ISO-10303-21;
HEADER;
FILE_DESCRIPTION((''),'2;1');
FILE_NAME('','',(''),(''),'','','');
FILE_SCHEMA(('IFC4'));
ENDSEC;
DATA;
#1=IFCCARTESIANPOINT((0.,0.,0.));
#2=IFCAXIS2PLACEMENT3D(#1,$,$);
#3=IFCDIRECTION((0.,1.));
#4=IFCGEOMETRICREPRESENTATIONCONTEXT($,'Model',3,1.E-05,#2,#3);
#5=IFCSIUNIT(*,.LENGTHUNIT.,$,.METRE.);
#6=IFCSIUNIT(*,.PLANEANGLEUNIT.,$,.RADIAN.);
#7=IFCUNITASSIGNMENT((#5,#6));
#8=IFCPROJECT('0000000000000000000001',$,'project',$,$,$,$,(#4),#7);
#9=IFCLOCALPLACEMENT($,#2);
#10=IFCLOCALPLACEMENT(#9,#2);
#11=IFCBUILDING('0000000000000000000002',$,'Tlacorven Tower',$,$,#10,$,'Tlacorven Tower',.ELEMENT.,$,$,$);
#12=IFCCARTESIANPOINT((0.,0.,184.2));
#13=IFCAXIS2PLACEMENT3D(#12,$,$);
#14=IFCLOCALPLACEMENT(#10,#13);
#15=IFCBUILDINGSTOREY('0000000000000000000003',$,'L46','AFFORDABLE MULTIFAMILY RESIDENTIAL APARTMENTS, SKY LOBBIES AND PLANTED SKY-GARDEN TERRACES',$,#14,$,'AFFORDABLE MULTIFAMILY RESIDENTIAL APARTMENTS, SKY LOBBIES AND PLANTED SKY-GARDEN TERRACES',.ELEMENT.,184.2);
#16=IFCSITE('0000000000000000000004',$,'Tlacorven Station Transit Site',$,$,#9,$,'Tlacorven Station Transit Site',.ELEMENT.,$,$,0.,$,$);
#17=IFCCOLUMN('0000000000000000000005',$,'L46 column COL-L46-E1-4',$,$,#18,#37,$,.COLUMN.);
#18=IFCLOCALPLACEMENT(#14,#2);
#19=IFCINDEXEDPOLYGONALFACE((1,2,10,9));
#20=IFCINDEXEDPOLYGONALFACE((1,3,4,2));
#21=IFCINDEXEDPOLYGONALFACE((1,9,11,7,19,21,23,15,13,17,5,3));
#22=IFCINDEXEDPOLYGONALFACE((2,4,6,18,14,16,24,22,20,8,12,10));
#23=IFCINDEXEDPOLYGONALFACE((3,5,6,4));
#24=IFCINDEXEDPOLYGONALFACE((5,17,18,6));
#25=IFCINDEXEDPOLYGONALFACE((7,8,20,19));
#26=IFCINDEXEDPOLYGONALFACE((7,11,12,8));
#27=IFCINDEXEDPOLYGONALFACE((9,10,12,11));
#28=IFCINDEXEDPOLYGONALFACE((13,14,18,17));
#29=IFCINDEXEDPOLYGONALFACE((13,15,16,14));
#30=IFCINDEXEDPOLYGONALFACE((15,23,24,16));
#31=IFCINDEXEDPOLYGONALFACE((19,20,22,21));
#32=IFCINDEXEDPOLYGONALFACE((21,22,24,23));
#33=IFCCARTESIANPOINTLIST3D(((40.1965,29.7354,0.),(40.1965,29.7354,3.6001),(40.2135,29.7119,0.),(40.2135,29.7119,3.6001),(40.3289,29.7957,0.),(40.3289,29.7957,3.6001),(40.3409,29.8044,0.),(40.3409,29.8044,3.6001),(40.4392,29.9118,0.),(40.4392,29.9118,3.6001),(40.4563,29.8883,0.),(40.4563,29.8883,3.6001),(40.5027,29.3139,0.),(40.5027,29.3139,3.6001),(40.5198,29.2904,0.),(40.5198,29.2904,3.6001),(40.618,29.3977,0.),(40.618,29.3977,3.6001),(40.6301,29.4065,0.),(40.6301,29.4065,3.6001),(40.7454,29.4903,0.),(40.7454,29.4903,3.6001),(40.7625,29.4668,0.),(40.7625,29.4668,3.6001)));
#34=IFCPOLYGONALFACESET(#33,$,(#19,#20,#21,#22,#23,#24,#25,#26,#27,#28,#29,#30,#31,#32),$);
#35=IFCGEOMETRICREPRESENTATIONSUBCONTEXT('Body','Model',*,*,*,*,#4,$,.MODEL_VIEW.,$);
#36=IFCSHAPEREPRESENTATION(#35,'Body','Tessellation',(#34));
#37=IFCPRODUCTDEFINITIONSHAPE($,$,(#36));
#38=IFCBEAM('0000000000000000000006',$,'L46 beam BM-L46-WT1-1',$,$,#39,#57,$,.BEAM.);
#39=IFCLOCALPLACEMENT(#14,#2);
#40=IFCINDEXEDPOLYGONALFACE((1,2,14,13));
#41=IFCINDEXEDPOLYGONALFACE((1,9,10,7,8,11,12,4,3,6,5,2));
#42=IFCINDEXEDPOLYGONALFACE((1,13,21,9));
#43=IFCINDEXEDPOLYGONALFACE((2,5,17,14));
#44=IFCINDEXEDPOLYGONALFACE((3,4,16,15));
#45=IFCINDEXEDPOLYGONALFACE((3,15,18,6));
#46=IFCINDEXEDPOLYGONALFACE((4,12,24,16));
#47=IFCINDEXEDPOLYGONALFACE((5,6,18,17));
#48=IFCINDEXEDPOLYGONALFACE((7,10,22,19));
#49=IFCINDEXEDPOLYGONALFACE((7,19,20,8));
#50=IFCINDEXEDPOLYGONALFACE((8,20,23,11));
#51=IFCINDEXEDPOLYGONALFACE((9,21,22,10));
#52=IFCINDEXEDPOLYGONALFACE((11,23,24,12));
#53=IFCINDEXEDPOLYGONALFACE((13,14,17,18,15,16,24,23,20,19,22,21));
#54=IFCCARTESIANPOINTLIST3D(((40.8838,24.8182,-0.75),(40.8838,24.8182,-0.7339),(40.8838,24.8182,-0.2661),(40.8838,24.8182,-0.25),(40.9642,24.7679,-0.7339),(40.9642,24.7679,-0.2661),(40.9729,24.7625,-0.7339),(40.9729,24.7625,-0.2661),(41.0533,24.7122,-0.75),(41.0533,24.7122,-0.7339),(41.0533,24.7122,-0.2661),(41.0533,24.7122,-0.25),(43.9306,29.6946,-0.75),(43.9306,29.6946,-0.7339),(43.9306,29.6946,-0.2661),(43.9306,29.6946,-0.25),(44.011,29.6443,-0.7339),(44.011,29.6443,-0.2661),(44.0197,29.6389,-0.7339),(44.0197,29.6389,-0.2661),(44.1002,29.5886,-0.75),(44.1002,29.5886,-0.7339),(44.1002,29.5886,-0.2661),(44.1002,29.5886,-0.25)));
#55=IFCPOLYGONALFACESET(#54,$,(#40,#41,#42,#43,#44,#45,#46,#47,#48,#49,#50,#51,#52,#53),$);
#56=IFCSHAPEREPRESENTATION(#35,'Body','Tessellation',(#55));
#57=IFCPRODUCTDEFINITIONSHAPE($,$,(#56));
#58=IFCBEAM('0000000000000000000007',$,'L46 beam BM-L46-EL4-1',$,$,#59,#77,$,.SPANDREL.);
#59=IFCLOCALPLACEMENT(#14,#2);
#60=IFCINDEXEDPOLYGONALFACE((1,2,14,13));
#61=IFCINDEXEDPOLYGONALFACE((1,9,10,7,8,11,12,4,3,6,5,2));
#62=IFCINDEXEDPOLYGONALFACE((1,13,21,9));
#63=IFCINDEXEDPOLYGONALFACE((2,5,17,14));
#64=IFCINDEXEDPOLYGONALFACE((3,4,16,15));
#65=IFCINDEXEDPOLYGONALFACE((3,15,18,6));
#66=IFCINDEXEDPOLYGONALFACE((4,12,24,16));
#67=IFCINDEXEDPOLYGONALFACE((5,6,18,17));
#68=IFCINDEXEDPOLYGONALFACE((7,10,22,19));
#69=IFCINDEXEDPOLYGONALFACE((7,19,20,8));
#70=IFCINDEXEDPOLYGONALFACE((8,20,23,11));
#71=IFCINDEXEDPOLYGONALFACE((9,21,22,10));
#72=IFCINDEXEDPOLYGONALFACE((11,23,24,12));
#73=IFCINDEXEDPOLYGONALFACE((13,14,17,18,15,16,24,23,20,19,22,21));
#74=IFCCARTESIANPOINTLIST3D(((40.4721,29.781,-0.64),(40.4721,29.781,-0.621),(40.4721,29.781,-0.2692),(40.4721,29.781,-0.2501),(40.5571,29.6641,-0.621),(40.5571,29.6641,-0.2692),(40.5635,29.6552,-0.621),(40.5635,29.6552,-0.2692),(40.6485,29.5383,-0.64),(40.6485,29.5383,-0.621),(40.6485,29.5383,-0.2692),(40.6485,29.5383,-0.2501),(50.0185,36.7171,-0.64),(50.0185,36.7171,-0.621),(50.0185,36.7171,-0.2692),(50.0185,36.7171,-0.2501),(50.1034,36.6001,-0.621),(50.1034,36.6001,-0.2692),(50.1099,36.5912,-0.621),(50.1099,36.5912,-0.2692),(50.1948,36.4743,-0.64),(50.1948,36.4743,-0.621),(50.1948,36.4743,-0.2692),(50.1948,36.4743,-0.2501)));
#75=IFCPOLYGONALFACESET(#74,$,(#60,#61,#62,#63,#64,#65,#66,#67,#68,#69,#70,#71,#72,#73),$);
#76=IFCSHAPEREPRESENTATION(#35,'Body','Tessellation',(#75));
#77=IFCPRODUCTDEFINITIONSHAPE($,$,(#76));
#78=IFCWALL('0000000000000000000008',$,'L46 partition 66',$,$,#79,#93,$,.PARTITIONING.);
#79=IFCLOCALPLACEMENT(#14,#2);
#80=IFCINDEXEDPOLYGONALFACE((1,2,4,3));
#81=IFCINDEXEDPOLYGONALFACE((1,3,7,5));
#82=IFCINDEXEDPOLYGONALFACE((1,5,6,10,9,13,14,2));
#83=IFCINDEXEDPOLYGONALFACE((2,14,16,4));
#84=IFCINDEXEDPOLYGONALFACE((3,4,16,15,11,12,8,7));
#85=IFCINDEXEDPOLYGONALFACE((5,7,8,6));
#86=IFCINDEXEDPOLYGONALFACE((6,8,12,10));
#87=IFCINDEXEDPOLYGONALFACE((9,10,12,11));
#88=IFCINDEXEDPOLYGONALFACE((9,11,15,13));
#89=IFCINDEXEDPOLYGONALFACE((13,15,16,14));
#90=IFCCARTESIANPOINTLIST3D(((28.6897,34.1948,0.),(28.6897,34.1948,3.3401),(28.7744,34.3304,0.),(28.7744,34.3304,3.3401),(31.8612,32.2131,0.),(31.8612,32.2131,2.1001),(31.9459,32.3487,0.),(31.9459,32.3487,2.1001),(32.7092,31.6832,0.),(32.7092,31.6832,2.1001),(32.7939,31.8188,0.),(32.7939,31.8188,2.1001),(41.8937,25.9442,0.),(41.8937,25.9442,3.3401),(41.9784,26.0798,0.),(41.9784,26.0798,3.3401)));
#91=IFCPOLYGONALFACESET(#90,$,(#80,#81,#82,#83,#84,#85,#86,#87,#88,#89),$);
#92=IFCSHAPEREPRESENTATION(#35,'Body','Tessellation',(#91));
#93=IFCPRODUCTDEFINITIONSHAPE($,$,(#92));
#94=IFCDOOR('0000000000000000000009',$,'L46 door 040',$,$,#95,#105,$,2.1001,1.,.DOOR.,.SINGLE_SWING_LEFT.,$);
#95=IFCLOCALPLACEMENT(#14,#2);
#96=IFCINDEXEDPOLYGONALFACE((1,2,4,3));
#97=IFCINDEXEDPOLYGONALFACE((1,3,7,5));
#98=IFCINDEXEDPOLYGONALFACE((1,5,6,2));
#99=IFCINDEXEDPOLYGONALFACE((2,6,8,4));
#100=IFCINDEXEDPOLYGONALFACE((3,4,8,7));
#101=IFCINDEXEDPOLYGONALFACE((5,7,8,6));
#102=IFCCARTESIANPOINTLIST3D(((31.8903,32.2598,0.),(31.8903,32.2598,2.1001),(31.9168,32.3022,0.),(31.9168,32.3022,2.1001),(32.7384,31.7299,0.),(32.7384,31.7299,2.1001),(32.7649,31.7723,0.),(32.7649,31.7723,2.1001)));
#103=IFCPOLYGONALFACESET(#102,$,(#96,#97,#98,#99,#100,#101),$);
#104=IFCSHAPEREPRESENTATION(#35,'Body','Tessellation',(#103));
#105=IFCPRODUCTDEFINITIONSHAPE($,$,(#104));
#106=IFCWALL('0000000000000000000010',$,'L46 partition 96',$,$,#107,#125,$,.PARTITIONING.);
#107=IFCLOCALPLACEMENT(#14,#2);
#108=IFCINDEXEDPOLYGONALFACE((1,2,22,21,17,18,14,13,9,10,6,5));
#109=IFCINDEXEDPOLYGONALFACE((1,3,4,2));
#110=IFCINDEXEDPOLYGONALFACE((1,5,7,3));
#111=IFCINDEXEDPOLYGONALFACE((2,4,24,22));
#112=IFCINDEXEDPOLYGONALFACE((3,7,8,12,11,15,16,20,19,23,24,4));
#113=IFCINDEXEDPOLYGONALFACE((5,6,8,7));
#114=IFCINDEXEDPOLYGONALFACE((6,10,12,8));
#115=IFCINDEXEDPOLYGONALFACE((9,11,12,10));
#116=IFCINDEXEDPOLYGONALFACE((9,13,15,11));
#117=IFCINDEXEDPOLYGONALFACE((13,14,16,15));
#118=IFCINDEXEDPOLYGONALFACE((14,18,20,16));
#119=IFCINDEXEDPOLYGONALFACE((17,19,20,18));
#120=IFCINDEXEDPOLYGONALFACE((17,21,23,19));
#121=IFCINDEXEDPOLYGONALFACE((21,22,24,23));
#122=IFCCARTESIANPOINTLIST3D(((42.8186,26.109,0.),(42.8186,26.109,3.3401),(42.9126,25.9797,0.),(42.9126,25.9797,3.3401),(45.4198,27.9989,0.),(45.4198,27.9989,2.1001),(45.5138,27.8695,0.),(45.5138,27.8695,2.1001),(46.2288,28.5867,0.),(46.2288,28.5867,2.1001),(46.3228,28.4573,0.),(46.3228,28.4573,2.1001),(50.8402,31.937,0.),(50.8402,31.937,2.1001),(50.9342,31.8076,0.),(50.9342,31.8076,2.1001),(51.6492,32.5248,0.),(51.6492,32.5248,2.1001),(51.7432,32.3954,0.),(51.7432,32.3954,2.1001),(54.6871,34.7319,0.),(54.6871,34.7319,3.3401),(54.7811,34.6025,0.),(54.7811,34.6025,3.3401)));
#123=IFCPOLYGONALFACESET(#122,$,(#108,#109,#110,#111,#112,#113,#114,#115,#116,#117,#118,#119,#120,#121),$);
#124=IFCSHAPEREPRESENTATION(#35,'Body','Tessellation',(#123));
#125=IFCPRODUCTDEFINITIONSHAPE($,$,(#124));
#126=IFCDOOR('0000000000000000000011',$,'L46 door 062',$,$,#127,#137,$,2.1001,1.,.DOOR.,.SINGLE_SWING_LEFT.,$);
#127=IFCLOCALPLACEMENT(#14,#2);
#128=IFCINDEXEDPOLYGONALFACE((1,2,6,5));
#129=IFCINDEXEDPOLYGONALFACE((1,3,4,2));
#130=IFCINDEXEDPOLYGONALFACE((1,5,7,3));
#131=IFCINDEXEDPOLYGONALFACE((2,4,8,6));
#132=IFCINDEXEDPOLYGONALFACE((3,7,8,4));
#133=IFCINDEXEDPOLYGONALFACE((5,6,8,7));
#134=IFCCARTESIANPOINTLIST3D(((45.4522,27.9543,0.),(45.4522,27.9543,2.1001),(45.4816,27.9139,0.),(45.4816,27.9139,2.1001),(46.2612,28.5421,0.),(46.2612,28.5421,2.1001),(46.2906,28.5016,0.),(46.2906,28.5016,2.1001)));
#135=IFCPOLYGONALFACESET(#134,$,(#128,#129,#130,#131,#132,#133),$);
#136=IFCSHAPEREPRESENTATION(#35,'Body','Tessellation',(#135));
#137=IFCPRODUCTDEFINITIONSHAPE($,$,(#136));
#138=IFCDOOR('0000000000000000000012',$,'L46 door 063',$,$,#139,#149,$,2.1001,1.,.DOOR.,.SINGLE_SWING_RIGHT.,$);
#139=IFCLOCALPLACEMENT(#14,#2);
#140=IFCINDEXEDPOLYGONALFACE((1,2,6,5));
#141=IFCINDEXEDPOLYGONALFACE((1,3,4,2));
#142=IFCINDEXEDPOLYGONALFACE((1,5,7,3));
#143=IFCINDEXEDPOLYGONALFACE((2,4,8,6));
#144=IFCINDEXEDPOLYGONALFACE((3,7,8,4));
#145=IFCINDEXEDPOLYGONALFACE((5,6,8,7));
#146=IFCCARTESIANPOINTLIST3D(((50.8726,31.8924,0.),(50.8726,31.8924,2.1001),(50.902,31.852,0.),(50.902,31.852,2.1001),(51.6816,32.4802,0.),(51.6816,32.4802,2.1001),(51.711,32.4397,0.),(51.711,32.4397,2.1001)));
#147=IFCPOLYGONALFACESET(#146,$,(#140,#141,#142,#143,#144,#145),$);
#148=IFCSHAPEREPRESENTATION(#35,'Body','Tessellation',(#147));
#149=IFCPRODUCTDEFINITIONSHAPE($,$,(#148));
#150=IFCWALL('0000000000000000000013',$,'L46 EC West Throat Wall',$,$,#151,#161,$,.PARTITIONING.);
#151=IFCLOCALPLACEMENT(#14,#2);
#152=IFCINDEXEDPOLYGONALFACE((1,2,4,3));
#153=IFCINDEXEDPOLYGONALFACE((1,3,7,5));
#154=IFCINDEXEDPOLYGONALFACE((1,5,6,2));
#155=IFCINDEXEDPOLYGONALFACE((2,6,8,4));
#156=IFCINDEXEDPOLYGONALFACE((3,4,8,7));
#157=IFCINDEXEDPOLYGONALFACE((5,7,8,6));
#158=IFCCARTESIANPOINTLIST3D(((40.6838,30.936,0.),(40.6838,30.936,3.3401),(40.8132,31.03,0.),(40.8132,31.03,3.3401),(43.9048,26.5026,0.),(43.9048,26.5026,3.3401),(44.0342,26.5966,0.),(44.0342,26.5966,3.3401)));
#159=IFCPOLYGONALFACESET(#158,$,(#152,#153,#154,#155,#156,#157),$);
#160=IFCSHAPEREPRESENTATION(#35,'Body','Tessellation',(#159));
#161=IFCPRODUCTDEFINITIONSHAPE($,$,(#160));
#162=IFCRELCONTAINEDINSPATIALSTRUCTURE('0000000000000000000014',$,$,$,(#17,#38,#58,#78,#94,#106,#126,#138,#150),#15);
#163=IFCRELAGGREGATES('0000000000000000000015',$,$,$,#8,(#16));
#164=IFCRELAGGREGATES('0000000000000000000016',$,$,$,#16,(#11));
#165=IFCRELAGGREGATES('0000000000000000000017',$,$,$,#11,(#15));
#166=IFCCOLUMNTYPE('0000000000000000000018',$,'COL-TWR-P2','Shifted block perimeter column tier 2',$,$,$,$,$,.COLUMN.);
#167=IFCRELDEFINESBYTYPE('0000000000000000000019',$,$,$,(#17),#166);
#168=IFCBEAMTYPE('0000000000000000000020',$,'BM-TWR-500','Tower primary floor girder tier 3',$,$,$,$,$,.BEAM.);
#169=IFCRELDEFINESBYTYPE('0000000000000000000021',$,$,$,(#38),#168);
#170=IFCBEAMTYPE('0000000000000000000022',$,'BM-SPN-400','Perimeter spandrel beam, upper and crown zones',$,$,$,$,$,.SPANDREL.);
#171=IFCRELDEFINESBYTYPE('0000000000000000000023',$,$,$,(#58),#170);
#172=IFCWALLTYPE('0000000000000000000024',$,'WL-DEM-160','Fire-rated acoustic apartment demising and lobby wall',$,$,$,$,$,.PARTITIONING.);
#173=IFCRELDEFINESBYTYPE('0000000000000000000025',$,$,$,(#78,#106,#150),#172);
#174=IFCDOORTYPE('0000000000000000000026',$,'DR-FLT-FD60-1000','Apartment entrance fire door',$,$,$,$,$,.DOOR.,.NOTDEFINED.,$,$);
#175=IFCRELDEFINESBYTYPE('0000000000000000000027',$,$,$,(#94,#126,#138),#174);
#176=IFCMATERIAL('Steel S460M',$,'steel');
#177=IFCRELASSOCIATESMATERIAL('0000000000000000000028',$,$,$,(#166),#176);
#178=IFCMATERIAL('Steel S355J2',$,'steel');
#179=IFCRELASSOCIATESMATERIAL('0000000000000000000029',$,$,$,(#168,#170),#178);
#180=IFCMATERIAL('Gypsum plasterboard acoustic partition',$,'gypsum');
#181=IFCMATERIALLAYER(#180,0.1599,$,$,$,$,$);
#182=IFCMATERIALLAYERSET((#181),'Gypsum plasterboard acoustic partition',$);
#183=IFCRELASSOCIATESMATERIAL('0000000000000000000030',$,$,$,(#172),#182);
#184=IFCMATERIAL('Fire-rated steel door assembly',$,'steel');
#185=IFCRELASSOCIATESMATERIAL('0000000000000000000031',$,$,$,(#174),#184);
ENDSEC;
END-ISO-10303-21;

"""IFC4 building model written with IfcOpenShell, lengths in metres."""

from ifc_helpers import new_model, si_unit, direction, frame, frame_2d, origin, origin_2d, place, context, subcontext, project, spatial, rectangle, i_section, extrude, source, transform, mapped, material, layer, layer_set, material_profile, profile_set, type_object, element, fill, save


model = new_model("IFC4")

# Units and contexts
model_context = context("Model", 3, precision=1e-05, world=origin(), true_north=direction((0.0, 1.0)))
body_context = subcontext(model_context, "Body", "Model", "MODEL_VIEW")
ifc_project = project(units=[si_unit("LENGTHUNIT", "METRE"), si_unit("PLANEANGLEUNIT", "RADIAN")], contexts=[model_context])

# Site, building, storey
site_placement = place(None, origin())
site = spatial("IfcSite", under=ifc_project, at=site_placement, Name="Tlacorven Station Transit Site", LongName="Tlacorven Station Transit Site", CompositionType="ELEMENT", RefElevation=0.0)
building_placement = place(site_placement, origin())
building = spatial("IfcBuilding", under=site, at=building_placement, Name="Tlacorven Tower", LongName="Tlacorven Tower", CompositionType="ELEMENT")
storey_placement = place(building_placement, frame((0.0, 0.0, 184.2)))
storey = spatial("IfcBuildingStorey", under=building, at=storey_placement, Name="L46", Description="AFFORDABLE MULTIFAMILY RESIDENTIAL APARTMENTS, SKY LOBBIES AND PLANTED SKY-GARDEN TERRACES", LongName="AFFORDABLE MULTIFAMILY RESIDENTIAL APARTMENTS, SKY LOBBIES AND PLANTED SKY-GARDEN TERRACES", CompositionType="ELEMENT", Elevation=184.2)

# Column
ifc_material_1 = material(Name="Steel S460M", Category="steel")
ifc_material_profile_1 = material_profile(ifc_material_1, i_section(OverallWidth=0.3, OverallDepth=0.55, WebThickness=0.0149, FlangeThickness=0.0291, at=origin_2d()), Name="HEB 550")
ifc_profile_set_1 = profile_set([ifc_material_profile_1], Name="Steel S460M")
column_type = type_object("IfcColumnType", Name="COL-TWR-P2", Description="Shifted block perimeter column tier 2", PredefinedType="COLUMN", material=ifc_profile_set_1)
shared_shape_1 = source(origin(), body_context, "Body", "SweptSolid", [
    extrude(i_section(OverallWidth=0.3, OverallDepth=0.55, WebThickness=0.0149, FlangeThickness=0.0291, at=origin_2d()), origin(), (0.0, 0.0, 1.0), 3.6001),
])
column_placement = place(storey_placement, frame((40.4795, 29.6011, 0.0), z_axis=(0.0, 0.0, 1.0), x_axis=(0.809017, 0.587785, 0.0)))
element("IfcColumn", 1, at=column_placement, inside=storey, type_object=column_type, Name="L46 column COL-L46-E1-4", PredefinedType="COLUMN", context=body_context, shape_type="MappedRepresentation", body=[
    mapped(shared_shape_1, transform((0.0, 0.0, 0.0), scale=1.0)),
])

# Beams
ifc_material_2 = material(Name="Steel S355J2", Category="steel")
ifc_material_profile_2 = material_profile(ifc_material_2, i_section(OverallWidth=0.2, OverallDepth=0.5, WebThickness=0.0103, FlangeThickness=0.0161, at=origin_2d()), Name="IPE 500")
ifc_profile_set_2 = profile_set([ifc_material_profile_2], Name="Steel S355J2")
beam_type_1 = type_object("IfcBeamType", Name="BM-TWR-500", Description="Tower primary floor girder tier 3", PredefinedType="BEAM", material=ifc_profile_set_2)
shared_shape_2 = source(origin(), body_context, "Body", "SweptSolid", [
    extrude(i_section(OverallWidth=0.2, OverallDepth=0.5, WebThickness=0.0103, FlangeThickness=0.0161, at=origin_2d()), origin(), (0.0, 0.0, 1.0), 5.75),
])
beam_1_placement = place(storey_placement, frame((44.0154, 29.6416, -0.5), z_axis=(-0.529884, -0.84807, 0.0), x_axis=(0.84807, -0.529884, 0.0)))
element("IfcBeam", 2, at=beam_1_placement, inside=storey, type_object=beam_type_1, Name="L46 beam BM-L46-WT1-1", PredefinedType="BEAM", context=body_context, shape_type="MappedRepresentation", body=[
    mapped(shared_shape_2, transform((0.0, 0.0, 0.0), scale=1.0)),
])
ifc_material_profile_3 = material_profile(ifc_material_2, i_section(OverallWidth=0.3, OverallDepth=0.3899, WebThickness=0.011, FlangeThickness=0.019, at=origin_2d()), Name="HEA 400")
ifc_profile_set_3 = profile_set([ifc_material_profile_3], Name="Steel S355J2")
beam_type_2 = type_object("IfcBeamType", Name="BM-SPN-400", Description="Perimeter spandrel beam, upper and crown zones", PredefinedType="SPANDREL", material=ifc_profile_set_3)
shared_shape_3 = source(origin(), body_context, "Body", "SweptSolid", [
    extrude(i_section(OverallWidth=0.3, OverallDepth=0.3899, WebThickness=0.011, FlangeThickness=0.019, at=origin_2d()), origin(), (0.0, 0.0, 1.0), 11.8),
])
beam_2_placement = place(storey_placement, frame((40.5603, 29.6597, -0.4451), z_axis=(0.80901, 0.587795, 0.0), x_axis=(-0.587795, 0.80901, 0.0)))
element("IfcBeam", 3, at=beam_2_placement, inside=storey, type_object=beam_type_2, Name="L46 beam BM-L46-EL4-1", PredefinedType="SPANDREL", context=body_context, shape_type="MappedRepresentation", body=[
    mapped(shared_shape_3, transform((0.0, 0.0, 0.0), scale=1.0)),
])

# Wall, opening, door
ifc_material_3 = material(Name="Gypsum plasterboard acoustic partition", Category="gypsum")
ifc_layer_1 = layer(ifc_material_3, 0.1599)
ifc_layer_set_1 = layer_set([ifc_layer_1], Name="Gypsum plasterboard acoustic partition")
wall_type_1 = type_object("IfcWallType", Name="WL-DEM-160", Description="Fire-rated acoustic apartment demising and lobby wall", PredefinedType="PARTITIONING", material=ifc_layer_set_1)
wall_1_placement = place(storey_placement, frame((41.936, 26.012, 0.0), z_axis=(0.0, 0.0, 1.0), x_axis=(-0.848051, 0.529914, 0.0)))
wall_1 = element("IfcWall", 4, at=wall_1_placement, inside=storey, type_object=wall_type_1, Name="L46 partition 66", PredefinedType="PARTITIONING", context=body_context, shape_type="SweptSolid", body=[
    extrude(rectangle(XDim=15.5698, YDim=0.1599, at=frame_2d((7.7849, 0.0))), origin(), (0.0, 0.0, 1.0), 3.3401),
])
opening_1_placement = place(wall_1_placement, frame((10.8301, 0.0, 0.0)))
opening_1 = element("IfcOpeningElement", 5, at=opening_1_placement, cuts=wall_1, PredefinedType="OPENING", context=body_context, shape_type="SweptSolid", body=[
    extrude(rectangle(XDim=1.0, YDim=2.1001, at=frame_2d((0.5, 1.05))), frame((0.0, 0.0898, 0.0), z_axis=(0.0, -1.0, 0.0), x_axis=(1.0, 0.0, 0.0)), (0.0, 0.0, 1.0), 0.1799),
])
ifc_material_4 = material(Name="Fire-rated steel door assembly", Category="steel")
door_type_1 = type_object("IfcDoorType", Name="DR-FLT-FD60-1000", Description="Apartment entrance fire door", OperationType="NOTDEFINED", PredefinedType="DOOR", material=ifc_material_4)
shared_shape_4 = source(origin(), body_context, "Body", "SweptSolid", [
    extrude(rectangle(XDim=1.0, YDim=2.1001, at=frame_2d((0.5, 1.05))), frame((0.0, 0.0249, 0.0), z_axis=(0.0, -1.0, 0.0), x_axis=(1.0, 0.0, 0.0)), (0.0, 0.0, 1.0), 0.05),
])
door_1_placement = place(opening_1_placement, origin())
door_1 = element("IfcDoor", 6, at=door_1_placement, inside=storey, type_object=door_type_1, Name="L46 door 040", OperationType="SINGLE_SWING_LEFT", OverallHeight=2.1001, OverallWidth=1.0, PredefinedType="DOOR", context=body_context, shape_type="MappedRepresentation", body=[
    mapped(shared_shape_4, transform((0.0, 0.0, 0.0), scale=1.0)),
])
fill(opening_1, door_1)

# Wall, openings, doors
wall_2_placement = place(storey_placement, frame((42.8657, 26.0444, 0.0), z_axis=(0.0, 0.0, 1.0), x_axis=(0.80902, 0.587781, 0.0)))
wall_2 = element("IfcWall", 7, at=wall_2_placement, inside=storey, type_object=wall_type_1, Name="L46 partition 96", PredefinedType="PARTITIONING", context=body_context, shape_type="SweptSolid", body=[
    extrude(rectangle(XDim=14.6702, YDim=0.1599, at=frame_2d((7.335, 0.0))), origin(), (0.0, 0.0, 1.0), 3.3401),
])
opening_2_placement = place(wall_2_placement, frame((3.2151, 0.0, 0.0)))
opening_2 = element("IfcOpeningElement", 8, at=opening_2_placement, cuts=wall_2, PredefinedType="OPENING", context=body_context, shape_type="SweptSolid", body=[
    extrude(rectangle(XDim=1.0, YDim=2.1001, at=frame_2d((0.5, 1.05))), frame((0.0, 0.0898, 0.0), z_axis=(0.0, -1.0, 0.0), x_axis=(1.0, 0.0, 0.0)), (0.0, 0.0, 1.0), 0.1799),
])
opening_3_placement = place(wall_2_placement, frame((9.915, 0.0, 0.0)))
opening_3 = element("IfcOpeningElement", 9, at=opening_3_placement, cuts=wall_2, PredefinedType="OPENING", context=body_context, shape_type="SweptSolid", body=[
    extrude(rectangle(XDim=1.0, YDim=2.1001, at=frame_2d((0.5, 1.05))), frame((0.0, 0.0898, 0.0), z_axis=(0.0, -1.0, 0.0), x_axis=(1.0, 0.0, 0.0)), (0.0, 0.0, 1.0), 0.1799),
])
door_2_placement = place(opening_2_placement, origin())
door_2 = element("IfcDoor", 10, at=door_2_placement, inside=storey, type_object=door_type_1, Name="L46 door 062", OperationType="SINGLE_SWING_LEFT", OverallHeight=2.1001, OverallWidth=1.0, PredefinedType="DOOR", context=body_context, shape_type="MappedRepresentation", body=[
    mapped(shared_shape_4, transform((0.0, 0.0, 0.0), scale=1.0)),
])
fill(opening_2, door_2)
door_3_placement = place(opening_3_placement, origin())
door_3 = element("IfcDoor", 11, at=door_3_placement, inside=storey, type_object=door_type_1, Name="L46 door 063", OperationType="SINGLE_SWING_RIGHT", OverallHeight=2.1001, OverallWidth=1.0, PredefinedType="DOOR", context=body_context, shape_type="MappedRepresentation", body=[
    mapped(shared_shape_4, transform((0.0, 0.0, 0.0), scale=1.0)),
])
fill(opening_3, door_3)

# Wall
wall_3_placement = place(storey_placement, frame((43.9695, 26.5496, 0.0), z_axis=(0.0, 0.0, 1.0), x_axis=(-0.587777, 0.809023, 0.0)))
element("IfcWall", 12, at=wall_3_placement, inside=storey, type_object=wall_type_1, Name="L46 EC West Throat Wall", PredefinedType="PARTITIONING", context=body_context, shape_type="SweptSolid", body=[
    extrude(rectangle(XDim=5.48, YDim=0.1599, at=frame_2d((2.74, 0.0))), origin(), (0.0, 0.0, 1.0), 3.3401),
])

save(model, "model.ifc")
